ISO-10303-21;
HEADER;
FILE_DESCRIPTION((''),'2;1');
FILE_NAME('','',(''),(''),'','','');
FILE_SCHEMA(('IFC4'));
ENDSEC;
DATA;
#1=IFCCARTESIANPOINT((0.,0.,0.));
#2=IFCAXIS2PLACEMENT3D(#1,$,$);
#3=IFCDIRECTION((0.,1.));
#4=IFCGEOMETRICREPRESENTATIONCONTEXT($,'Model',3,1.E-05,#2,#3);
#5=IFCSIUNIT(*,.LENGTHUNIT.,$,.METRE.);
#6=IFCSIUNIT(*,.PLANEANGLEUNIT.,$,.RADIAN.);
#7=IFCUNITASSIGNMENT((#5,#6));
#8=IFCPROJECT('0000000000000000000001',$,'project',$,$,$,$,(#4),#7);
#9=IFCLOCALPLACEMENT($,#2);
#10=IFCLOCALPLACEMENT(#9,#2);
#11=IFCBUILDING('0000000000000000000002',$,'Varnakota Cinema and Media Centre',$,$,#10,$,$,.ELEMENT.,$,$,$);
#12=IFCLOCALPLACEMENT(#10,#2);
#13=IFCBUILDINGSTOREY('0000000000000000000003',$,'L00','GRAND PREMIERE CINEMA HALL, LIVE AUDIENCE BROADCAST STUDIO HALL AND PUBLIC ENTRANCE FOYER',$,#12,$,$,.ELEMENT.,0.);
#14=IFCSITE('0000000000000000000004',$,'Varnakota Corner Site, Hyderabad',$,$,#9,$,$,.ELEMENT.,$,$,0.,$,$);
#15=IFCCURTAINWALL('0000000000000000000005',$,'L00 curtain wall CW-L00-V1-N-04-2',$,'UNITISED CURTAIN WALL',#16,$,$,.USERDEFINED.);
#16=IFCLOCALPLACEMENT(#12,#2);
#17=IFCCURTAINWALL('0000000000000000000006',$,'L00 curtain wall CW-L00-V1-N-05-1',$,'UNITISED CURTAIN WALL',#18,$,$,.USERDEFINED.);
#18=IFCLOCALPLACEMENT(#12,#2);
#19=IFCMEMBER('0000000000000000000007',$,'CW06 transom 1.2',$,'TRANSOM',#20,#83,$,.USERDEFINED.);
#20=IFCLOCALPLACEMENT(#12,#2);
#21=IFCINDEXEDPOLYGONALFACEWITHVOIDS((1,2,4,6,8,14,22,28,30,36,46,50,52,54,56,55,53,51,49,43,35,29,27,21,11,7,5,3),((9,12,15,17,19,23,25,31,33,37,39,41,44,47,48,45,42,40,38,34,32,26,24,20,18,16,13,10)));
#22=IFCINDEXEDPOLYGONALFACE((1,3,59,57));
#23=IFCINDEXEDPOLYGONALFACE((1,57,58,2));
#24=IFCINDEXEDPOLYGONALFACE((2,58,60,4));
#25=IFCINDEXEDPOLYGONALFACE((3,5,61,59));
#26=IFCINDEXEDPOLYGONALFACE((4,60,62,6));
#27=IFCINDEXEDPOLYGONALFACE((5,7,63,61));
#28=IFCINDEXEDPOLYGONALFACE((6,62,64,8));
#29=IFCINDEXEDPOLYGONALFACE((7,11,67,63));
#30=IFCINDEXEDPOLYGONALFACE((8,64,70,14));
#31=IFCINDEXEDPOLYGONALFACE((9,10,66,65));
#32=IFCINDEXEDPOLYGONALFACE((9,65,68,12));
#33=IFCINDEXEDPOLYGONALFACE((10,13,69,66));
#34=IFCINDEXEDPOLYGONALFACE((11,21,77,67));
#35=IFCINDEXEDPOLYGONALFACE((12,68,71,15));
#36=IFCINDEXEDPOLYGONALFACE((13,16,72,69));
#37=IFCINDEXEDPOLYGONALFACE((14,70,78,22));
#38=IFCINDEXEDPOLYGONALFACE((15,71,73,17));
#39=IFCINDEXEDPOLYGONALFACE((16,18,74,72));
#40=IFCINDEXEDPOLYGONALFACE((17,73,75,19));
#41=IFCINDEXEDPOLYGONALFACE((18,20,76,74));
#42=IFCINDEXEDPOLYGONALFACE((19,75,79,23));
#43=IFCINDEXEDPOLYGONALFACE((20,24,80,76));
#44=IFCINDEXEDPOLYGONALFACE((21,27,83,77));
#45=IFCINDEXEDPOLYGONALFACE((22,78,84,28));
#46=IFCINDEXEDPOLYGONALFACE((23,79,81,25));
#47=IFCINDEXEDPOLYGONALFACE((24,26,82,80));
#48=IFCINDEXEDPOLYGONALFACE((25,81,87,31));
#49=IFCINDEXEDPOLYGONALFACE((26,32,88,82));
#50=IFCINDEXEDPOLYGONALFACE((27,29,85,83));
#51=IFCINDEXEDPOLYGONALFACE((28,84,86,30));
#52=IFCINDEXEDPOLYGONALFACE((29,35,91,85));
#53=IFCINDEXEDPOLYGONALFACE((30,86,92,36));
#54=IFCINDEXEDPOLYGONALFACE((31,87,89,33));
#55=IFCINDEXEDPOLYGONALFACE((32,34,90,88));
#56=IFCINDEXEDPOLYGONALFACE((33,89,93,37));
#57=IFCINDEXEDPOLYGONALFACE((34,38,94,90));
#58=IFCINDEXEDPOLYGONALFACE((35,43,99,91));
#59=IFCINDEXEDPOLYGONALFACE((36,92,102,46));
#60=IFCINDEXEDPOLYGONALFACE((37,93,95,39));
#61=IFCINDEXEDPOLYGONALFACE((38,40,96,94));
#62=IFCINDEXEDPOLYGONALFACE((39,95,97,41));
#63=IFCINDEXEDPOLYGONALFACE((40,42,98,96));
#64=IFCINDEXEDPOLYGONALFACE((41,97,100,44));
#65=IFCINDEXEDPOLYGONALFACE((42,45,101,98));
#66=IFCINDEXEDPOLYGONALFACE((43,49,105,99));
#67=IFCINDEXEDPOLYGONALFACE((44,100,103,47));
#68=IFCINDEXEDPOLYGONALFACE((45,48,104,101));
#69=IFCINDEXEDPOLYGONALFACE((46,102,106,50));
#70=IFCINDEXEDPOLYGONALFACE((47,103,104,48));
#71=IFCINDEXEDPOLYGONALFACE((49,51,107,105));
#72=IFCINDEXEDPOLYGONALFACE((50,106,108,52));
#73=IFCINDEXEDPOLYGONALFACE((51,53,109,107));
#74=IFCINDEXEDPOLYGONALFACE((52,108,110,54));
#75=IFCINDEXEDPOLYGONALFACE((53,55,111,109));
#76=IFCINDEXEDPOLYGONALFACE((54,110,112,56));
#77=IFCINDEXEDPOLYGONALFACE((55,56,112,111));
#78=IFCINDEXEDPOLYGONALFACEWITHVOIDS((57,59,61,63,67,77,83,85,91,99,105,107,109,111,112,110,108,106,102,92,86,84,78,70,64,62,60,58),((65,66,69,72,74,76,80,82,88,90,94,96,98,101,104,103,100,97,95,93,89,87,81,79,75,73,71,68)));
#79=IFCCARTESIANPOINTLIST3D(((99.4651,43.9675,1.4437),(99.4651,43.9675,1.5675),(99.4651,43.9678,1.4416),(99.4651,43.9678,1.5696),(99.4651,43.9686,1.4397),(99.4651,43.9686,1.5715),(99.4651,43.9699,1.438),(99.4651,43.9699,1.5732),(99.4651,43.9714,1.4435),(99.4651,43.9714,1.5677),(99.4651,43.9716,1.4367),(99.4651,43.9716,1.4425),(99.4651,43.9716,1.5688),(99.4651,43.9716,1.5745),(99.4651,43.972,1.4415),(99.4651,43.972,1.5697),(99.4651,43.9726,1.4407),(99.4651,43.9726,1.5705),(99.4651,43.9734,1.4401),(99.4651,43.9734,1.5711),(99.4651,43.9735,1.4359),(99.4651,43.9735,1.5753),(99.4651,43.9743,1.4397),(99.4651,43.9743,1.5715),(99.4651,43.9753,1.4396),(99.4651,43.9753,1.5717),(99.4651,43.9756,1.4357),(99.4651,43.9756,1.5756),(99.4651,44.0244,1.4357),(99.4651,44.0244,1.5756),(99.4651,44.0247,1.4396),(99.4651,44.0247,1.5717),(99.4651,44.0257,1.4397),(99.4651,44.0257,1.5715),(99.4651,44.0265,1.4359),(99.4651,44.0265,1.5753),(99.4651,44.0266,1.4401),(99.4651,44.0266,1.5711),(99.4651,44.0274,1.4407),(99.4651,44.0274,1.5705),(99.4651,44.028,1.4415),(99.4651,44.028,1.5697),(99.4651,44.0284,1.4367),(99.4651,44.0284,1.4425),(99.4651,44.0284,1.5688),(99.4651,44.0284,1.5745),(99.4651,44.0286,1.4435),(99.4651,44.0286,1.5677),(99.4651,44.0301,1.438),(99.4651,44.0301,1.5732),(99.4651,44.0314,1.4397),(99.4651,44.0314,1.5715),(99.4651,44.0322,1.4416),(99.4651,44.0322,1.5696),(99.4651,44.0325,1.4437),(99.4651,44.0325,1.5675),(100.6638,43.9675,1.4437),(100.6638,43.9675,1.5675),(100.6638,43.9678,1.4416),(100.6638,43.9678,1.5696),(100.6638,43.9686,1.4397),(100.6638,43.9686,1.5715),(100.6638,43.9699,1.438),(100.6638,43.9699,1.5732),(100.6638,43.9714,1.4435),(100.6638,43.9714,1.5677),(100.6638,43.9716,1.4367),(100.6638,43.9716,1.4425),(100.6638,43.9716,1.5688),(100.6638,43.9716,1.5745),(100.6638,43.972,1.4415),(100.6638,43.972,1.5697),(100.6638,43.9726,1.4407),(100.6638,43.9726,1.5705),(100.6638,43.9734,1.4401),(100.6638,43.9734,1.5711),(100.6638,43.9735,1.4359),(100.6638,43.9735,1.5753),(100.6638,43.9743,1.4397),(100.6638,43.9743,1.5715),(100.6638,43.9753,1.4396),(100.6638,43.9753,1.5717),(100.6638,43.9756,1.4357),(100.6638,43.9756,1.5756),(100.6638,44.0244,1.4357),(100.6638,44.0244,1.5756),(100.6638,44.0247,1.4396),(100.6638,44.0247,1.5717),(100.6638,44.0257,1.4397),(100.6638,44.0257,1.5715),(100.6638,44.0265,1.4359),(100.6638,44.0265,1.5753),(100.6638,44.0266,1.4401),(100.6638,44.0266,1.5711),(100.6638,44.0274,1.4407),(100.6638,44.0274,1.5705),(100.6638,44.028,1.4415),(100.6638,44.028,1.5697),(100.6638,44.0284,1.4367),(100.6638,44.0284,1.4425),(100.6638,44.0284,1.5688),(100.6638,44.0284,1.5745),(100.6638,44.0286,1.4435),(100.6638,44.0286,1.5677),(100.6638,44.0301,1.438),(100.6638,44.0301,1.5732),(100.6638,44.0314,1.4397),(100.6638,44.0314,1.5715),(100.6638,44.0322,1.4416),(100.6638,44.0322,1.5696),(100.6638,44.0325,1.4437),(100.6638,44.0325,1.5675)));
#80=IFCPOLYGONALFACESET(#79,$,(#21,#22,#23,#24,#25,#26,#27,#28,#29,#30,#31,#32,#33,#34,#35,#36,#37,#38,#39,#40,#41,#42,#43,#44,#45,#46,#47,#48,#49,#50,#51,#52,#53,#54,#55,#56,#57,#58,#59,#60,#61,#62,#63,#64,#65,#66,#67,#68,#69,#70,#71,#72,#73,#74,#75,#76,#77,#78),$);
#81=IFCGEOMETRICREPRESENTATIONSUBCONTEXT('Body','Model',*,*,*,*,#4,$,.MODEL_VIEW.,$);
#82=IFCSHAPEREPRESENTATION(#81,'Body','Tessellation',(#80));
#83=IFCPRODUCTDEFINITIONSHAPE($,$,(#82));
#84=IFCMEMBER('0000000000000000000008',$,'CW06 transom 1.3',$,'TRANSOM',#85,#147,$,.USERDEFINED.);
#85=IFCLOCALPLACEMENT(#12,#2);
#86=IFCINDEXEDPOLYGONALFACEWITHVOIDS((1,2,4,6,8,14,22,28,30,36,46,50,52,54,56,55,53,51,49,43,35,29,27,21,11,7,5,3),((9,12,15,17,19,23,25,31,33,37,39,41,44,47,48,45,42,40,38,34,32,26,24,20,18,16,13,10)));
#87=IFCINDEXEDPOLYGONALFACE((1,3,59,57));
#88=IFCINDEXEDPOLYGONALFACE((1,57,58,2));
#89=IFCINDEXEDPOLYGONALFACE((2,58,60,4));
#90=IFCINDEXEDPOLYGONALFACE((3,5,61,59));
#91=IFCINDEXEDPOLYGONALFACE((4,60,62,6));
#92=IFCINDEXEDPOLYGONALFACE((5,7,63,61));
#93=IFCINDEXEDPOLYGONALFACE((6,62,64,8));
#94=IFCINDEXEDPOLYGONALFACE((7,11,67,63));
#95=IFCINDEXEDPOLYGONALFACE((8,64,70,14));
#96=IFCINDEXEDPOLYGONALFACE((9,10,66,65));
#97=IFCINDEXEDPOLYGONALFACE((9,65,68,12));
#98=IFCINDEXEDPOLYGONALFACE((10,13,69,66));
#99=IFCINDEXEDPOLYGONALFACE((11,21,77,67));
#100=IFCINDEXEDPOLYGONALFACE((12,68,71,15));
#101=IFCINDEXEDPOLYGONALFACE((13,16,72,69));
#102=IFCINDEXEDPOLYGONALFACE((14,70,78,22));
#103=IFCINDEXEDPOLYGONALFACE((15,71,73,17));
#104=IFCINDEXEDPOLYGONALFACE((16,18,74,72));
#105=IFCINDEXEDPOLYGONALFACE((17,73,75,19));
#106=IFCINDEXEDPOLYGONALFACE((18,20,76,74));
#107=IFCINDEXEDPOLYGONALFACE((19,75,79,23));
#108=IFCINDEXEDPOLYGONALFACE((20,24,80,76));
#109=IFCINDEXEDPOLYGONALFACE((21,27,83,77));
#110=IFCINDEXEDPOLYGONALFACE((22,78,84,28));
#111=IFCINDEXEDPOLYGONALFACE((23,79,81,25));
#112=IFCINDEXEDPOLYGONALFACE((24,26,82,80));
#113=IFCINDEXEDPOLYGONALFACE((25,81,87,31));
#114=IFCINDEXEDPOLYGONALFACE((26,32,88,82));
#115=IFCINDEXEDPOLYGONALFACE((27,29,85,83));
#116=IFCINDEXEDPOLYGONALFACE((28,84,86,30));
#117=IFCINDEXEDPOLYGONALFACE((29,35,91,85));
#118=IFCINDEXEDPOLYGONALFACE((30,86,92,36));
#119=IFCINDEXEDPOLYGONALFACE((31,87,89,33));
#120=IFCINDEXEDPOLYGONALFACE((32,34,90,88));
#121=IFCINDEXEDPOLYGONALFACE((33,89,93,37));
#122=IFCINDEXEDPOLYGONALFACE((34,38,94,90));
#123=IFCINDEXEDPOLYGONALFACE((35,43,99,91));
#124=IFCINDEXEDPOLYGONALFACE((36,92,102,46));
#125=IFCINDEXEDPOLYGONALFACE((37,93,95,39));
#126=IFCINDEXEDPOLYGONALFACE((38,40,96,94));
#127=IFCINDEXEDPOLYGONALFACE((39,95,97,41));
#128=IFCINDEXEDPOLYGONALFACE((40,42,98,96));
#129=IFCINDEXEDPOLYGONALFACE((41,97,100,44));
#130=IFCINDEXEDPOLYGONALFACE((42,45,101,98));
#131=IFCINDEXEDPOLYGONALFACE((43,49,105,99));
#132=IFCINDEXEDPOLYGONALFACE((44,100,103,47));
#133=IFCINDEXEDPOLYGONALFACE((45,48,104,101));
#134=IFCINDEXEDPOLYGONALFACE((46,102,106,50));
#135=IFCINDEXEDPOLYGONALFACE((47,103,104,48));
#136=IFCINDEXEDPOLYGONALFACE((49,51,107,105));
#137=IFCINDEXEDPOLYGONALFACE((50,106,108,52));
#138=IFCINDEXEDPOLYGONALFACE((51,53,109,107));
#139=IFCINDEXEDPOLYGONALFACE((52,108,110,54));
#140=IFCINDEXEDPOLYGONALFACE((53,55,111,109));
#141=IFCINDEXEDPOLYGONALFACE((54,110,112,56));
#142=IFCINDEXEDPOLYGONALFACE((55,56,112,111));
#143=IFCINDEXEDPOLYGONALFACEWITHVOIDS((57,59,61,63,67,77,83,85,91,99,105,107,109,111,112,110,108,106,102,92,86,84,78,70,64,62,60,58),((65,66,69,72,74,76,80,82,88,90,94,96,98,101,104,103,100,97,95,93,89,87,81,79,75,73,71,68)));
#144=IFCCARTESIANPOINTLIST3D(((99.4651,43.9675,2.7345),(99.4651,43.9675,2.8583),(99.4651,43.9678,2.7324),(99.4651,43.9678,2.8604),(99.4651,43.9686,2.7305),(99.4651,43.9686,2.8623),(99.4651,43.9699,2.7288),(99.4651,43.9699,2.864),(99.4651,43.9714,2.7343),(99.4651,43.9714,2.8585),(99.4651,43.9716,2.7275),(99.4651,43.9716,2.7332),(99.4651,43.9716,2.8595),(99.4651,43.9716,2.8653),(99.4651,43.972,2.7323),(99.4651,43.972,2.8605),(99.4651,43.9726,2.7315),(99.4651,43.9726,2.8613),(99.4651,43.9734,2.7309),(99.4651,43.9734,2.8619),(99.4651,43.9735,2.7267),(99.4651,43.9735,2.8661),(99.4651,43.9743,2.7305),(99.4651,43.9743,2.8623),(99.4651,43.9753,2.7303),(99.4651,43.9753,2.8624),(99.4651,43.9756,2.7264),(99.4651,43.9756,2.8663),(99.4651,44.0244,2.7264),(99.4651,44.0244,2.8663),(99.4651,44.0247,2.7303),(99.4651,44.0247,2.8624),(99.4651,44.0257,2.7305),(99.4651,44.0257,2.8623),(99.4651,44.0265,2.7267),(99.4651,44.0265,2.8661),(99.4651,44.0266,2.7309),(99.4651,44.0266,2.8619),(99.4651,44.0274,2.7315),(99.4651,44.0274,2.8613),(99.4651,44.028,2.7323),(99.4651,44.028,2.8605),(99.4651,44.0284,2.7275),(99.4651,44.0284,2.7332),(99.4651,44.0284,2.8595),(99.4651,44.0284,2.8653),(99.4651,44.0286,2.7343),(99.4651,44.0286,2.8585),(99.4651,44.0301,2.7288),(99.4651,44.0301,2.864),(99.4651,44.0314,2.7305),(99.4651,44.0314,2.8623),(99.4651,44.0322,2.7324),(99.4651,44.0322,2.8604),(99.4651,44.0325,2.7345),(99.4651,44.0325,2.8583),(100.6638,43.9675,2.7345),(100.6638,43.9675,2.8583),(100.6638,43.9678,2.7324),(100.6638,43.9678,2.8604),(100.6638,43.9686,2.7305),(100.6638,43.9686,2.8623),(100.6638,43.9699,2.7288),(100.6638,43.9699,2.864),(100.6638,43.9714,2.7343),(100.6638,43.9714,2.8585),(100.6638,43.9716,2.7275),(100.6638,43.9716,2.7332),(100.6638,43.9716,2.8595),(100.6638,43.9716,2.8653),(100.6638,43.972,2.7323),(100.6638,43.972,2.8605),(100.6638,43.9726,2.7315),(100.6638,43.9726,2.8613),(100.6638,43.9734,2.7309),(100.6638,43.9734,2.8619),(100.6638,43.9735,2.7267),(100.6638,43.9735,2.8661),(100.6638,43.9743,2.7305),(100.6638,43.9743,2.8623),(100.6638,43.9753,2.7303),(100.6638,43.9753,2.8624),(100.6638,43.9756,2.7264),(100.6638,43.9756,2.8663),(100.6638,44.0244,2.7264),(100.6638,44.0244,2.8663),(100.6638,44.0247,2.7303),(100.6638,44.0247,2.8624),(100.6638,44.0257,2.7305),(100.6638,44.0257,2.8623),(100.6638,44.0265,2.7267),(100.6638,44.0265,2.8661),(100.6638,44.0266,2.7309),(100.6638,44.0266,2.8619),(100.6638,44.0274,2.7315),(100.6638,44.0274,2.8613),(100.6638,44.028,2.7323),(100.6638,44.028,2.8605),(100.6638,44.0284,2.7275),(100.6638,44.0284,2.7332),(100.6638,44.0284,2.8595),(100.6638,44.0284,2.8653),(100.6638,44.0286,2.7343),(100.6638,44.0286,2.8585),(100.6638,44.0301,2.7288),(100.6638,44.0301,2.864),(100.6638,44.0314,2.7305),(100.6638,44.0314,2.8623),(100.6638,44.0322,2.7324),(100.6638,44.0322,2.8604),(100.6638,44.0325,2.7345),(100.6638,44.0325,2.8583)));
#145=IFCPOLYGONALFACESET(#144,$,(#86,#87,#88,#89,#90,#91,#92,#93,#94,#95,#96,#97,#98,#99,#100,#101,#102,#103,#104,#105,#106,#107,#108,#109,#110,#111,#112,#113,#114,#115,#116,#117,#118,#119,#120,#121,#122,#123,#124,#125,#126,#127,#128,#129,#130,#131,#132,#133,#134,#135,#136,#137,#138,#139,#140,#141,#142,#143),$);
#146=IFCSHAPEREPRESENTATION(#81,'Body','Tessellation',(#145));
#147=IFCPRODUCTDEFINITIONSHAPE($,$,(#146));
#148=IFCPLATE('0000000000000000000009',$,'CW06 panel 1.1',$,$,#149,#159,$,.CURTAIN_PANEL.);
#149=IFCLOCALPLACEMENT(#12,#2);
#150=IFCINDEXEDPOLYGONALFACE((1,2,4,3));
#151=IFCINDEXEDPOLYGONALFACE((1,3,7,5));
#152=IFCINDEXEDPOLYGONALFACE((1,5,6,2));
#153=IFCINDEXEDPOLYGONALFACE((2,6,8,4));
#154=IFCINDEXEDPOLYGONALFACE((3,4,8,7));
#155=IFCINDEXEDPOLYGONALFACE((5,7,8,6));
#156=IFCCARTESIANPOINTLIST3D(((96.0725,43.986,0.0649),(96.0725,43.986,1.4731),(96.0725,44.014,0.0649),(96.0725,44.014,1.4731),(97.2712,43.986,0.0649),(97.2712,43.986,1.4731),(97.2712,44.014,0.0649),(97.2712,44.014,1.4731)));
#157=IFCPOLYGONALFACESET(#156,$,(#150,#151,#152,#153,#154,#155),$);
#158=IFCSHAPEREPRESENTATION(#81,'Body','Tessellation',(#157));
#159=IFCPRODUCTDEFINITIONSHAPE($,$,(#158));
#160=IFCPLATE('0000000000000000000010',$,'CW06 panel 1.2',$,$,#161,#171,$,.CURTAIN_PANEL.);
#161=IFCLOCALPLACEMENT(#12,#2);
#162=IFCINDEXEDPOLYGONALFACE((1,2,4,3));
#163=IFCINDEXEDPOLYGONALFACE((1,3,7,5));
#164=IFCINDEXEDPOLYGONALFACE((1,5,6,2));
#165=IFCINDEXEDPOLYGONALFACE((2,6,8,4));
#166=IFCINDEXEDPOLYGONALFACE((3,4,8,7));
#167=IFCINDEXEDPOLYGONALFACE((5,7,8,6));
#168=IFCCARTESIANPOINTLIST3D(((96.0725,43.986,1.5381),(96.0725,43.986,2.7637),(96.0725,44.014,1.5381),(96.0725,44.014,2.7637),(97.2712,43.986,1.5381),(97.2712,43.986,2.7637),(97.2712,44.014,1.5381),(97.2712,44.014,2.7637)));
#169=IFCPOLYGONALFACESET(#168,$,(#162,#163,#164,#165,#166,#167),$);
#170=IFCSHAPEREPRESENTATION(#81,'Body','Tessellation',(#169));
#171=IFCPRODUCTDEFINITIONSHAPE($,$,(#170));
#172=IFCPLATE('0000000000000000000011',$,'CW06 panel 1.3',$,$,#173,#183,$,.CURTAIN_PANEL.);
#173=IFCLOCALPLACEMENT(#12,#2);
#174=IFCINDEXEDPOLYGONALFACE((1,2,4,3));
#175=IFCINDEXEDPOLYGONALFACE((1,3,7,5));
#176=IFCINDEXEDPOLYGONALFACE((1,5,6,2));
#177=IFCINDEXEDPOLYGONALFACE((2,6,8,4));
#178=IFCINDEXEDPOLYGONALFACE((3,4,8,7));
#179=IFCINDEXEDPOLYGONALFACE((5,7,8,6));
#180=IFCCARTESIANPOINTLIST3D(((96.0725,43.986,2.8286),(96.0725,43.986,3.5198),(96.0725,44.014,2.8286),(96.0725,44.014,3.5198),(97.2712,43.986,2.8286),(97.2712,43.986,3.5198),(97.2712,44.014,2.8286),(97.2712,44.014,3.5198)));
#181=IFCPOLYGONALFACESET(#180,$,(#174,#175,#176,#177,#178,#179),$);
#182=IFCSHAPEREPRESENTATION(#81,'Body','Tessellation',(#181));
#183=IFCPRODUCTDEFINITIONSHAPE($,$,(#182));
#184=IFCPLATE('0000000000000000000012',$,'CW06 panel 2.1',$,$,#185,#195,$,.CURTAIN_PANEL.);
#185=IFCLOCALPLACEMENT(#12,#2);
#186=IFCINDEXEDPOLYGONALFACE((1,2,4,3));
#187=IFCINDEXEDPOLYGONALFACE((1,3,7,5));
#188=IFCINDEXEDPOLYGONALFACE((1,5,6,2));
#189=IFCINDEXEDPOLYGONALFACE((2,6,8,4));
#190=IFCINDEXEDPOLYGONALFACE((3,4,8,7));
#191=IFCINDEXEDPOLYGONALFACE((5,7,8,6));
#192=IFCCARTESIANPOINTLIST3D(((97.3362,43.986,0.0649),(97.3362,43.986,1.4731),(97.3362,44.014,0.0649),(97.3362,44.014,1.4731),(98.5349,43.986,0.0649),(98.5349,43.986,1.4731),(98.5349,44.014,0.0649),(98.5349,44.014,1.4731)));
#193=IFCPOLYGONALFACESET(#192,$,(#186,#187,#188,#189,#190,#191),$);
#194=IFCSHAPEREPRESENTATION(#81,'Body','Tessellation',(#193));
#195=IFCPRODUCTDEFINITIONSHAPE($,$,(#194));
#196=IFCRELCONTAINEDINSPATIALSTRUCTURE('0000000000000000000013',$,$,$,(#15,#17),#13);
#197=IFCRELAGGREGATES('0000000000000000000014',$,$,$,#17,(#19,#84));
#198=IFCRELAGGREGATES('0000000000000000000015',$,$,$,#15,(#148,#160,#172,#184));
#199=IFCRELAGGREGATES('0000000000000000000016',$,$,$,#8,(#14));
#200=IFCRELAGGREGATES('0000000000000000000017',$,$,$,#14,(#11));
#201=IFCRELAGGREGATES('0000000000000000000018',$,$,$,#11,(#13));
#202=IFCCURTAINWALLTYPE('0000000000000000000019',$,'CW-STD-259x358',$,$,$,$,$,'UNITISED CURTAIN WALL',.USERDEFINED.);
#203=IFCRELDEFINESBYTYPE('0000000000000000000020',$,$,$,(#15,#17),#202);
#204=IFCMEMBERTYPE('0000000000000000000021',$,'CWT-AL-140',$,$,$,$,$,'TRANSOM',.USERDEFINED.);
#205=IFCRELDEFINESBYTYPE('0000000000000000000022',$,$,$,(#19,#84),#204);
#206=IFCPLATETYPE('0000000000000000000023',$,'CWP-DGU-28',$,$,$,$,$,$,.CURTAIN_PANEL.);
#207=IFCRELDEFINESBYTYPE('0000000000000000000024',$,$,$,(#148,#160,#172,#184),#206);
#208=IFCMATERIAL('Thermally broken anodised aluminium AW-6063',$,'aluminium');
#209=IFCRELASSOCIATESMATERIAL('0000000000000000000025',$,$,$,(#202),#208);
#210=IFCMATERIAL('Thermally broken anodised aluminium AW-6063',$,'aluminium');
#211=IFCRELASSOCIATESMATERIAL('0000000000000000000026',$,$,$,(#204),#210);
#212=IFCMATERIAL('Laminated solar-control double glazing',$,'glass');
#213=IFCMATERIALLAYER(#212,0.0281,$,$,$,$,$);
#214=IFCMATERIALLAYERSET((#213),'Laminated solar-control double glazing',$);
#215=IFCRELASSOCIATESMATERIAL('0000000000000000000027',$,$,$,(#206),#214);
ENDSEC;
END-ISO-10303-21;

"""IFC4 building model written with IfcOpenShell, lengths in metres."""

from ifc_helpers import new_model, si_unit, direction, frame, origin, origin_2d, place, context, subcontext, project, spatial, rectangle, hollow_rectangle, extrude, material, layer, layer_set, material_profile, profile_set, type_object, element, aggregate, save


model = new_model("IFC4")

# Units and contexts
model_context = context("Model", 3, precision=1e-05, world=origin(), true_north=direction((0.0, 1.0)))
body_context = subcontext(model_context, "Body", "Model", "MODEL_VIEW")
ifc_project = project(units=[si_unit("LENGTHUNIT", "METRE"), si_unit("PLANEANGLEUNIT", "RADIAN")], contexts=[model_context])

# Site, building, storey
site_placement = place(None, origin())
site = spatial("IfcSite", under=ifc_project, at=site_placement, Name="Varnakota Corner Site, Hyderabad", CompositionType="ELEMENT", RefElevation=0.0)
building_placement = place(site_placement, origin())
building = spatial("IfcBuilding", under=site, at=building_placement, Name="Varnakota Cinema and Media Centre", CompositionType="ELEMENT")
storey_placement = place(building_placement, origin())
storey = spatial("IfcBuildingStorey", under=building, at=storey_placement, Name="L00", Description="GRAND PREMIERE CINEMA HALL, LIVE AUDIENCE BROADCAST STUDIO HALL AND PUBLIC ENTRANCE FOYER", CompositionType="ELEMENT", Elevation=0.0)

# Shared definitions
ifc_material_1 = material(Name="Thermally broken anodised aluminium AW-6063", Category="aluminium")
curtain_wall_type = type_object("IfcCurtainWallType", Name="CW-STD-259x358", ElementType="UNITISED CURTAIN WALL", PredefinedType="USERDEFINED", material=ifc_material_1)

# Curtain wall
curtain_wall_1_placement = place(storey_placement, origin())
curtain_wall_1 = element("IfcCurtainWall", 1, at=curtain_wall_1_placement, inside=storey, type_object=curtain_wall_type, Name="L00 curtain wall CW-L00-V1-N-04-2", ObjectType="UNITISED CURTAIN WALL", PredefinedType="USERDEFINED")

# Curtain wall
curtain_wall_2_placement = place(storey_placement, origin())
curtain_wall_2 = element("IfcCurtainWall", 2, at=curtain_wall_2_placement, inside=storey, type_object=curtain_wall_type, Name="L00 curtain wall CW-L00-V1-N-05-1", ObjectType="UNITISED CURTAIN WALL", PredefinedType="USERDEFINED")

# Members
ifc_material_2 = material(Name="Thermally broken anodised aluminium AW-6063", Category="aluminium")
ifc_material_profile_1 = material_profile(ifc_material_2, hollow_rectangle(XDim=0.0649, YDim=0.1399, WallThickness=0.0039, InnerFilletRadius=0.0039, OuterFilletRadius=0.0081, at=origin_2d()), Name="AL-TRANSOM 140x65x4")
ifc_profile_set_1 = profile_set([ifc_material_profile_1], Name="Thermally broken anodised aluminium AW-6063")
member_type_1 = type_object("IfcMemberType", Name="CWT-AL-140", ElementType="TRANSOM", PredefinedType="USERDEFINED", material=ifc_profile_set_1)
member_1_placement = place(storey_placement, frame((99.4651, 44.0, 1.5056), z_axis=(1.0, 0.0, 0.0), x_axis=(0.0, 1.0, 0.0)))
member_1 = element("IfcMember", 3, at=member_1_placement, type_object=member_type_1, Name="CW06 transom 1.2", ObjectType="TRANSOM", PredefinedType="USERDEFINED", context=body_context, shape_type="SweptSolid", body=[
    extrude(hollow_rectangle(XDim=0.0649, YDim=0.1399, WallThickness=0.0039, InnerFilletRadius=0.0039, OuterFilletRadius=0.0081, at=origin_2d()), origin(), (0.0, 0.0, 1.0), 1.1987),
])
member_2_placement = place(storey_placement, frame((99.4651, 44.0, 2.7964), z_axis=(1.0, 0.0, 0.0), x_axis=(0.0, 1.0, 0.0)))
member_2 = element("IfcMember", 4, at=member_2_placement, type_object=member_type_1, Name="CW06 transom 1.3", ObjectType="TRANSOM", PredefinedType="USERDEFINED", context=body_context, shape_type="SweptSolid", body=[
    extrude(hollow_rectangle(XDim=0.0649, YDim=0.1399, WallThickness=0.0039, InnerFilletRadius=0.0039, OuterFilletRadius=0.0081, at=origin_2d()), origin(), (0.0, 0.0, 1.0), 1.1987),
])
aggregate(curtain_wall_2, [member_1, member_2])

# Plates
ifc_material_3 = material(Name="Laminated solar-control double glazing", Category="glass")
ifc_layer_1 = layer(ifc_material_3, 0.0281)
ifc_layer_set_1 = layer_set([ifc_layer_1], Name="Laminated solar-control double glazing")
plate_type = type_object("IfcPlateType", Name="CWP-DGU-28", PredefinedType="CURTAIN_PANEL", material=ifc_layer_set_1)
plate_1_placement = place(storey_placement, frame((96.6719, 44.0, 0.0649), z_axis=(0.0, 0.0, 1.0), x_axis=(1.0, 0.0, 0.0)))
plate_1 = element("IfcPlate", 5, at=plate_1_placement, type_object=plate_type, Name="CW06 panel 1.1", PredefinedType="CURTAIN_PANEL", context=body_context, shape_type="SweptSolid", body=[
    extrude(rectangle(XDim=1.1987, YDim=0.0281, at=origin_2d()), origin(), (0.0, 0.0, 1.0), 1.4082),
])
plate_2_placement = place(storey_placement, frame((96.6719, 44.0, 1.5381), z_axis=(0.0, 0.0, 1.0), x_axis=(1.0, 0.0, 0.0)))
plate_2 = element("IfcPlate", 6, at=plate_2_placement, type_object=plate_type, Name="CW06 panel 1.2", PredefinedType="CURTAIN_PANEL", context=body_context, shape_type="SweptSolid", body=[
    extrude(rectangle(XDim=1.1987, YDim=0.0281, at=origin_2d()), origin(), (0.0, 0.0, 1.0), 1.2256),
])
plate_3_placement = place(storey_placement, frame((96.6719, 44.0, 2.8286), z_axis=(0.0, 0.0, 1.0), x_axis=(1.0, 0.0, 0.0)))
plate_3 = element("IfcPlate", 7, at=plate_3_placement, type_object=plate_type, Name="CW06 panel 1.3", PredefinedType="CURTAIN_PANEL", context=body_context, shape_type="SweptSolid", body=[
    extrude(rectangle(XDim=1.1987, YDim=0.0281, at=origin_2d()), origin(), (0.0, 0.0, 1.0), 0.6912),
])
plate_4_placement = place(storey_placement, frame((97.9355, 44.0, 0.0649), z_axis=(0.0, 0.0, 1.0), x_axis=(1.0, 0.0, 0.0)))
plate_4 = element("IfcPlate", 8, at=plate_4_placement, type_object=plate_type, Name="CW06 panel 2.1", PredefinedType="CURTAIN_PANEL", context=body_context, shape_type="SweptSolid", body=[
    extrude(rectangle(XDim=1.1987, YDim=0.0281, at=origin_2d()), origin(), (0.0, 0.0, 1.0), 1.4082),
])
aggregate(curtain_wall_1, [plate_1, plate_2, plate_3, plate_4])

save(model, "model.ifc")
